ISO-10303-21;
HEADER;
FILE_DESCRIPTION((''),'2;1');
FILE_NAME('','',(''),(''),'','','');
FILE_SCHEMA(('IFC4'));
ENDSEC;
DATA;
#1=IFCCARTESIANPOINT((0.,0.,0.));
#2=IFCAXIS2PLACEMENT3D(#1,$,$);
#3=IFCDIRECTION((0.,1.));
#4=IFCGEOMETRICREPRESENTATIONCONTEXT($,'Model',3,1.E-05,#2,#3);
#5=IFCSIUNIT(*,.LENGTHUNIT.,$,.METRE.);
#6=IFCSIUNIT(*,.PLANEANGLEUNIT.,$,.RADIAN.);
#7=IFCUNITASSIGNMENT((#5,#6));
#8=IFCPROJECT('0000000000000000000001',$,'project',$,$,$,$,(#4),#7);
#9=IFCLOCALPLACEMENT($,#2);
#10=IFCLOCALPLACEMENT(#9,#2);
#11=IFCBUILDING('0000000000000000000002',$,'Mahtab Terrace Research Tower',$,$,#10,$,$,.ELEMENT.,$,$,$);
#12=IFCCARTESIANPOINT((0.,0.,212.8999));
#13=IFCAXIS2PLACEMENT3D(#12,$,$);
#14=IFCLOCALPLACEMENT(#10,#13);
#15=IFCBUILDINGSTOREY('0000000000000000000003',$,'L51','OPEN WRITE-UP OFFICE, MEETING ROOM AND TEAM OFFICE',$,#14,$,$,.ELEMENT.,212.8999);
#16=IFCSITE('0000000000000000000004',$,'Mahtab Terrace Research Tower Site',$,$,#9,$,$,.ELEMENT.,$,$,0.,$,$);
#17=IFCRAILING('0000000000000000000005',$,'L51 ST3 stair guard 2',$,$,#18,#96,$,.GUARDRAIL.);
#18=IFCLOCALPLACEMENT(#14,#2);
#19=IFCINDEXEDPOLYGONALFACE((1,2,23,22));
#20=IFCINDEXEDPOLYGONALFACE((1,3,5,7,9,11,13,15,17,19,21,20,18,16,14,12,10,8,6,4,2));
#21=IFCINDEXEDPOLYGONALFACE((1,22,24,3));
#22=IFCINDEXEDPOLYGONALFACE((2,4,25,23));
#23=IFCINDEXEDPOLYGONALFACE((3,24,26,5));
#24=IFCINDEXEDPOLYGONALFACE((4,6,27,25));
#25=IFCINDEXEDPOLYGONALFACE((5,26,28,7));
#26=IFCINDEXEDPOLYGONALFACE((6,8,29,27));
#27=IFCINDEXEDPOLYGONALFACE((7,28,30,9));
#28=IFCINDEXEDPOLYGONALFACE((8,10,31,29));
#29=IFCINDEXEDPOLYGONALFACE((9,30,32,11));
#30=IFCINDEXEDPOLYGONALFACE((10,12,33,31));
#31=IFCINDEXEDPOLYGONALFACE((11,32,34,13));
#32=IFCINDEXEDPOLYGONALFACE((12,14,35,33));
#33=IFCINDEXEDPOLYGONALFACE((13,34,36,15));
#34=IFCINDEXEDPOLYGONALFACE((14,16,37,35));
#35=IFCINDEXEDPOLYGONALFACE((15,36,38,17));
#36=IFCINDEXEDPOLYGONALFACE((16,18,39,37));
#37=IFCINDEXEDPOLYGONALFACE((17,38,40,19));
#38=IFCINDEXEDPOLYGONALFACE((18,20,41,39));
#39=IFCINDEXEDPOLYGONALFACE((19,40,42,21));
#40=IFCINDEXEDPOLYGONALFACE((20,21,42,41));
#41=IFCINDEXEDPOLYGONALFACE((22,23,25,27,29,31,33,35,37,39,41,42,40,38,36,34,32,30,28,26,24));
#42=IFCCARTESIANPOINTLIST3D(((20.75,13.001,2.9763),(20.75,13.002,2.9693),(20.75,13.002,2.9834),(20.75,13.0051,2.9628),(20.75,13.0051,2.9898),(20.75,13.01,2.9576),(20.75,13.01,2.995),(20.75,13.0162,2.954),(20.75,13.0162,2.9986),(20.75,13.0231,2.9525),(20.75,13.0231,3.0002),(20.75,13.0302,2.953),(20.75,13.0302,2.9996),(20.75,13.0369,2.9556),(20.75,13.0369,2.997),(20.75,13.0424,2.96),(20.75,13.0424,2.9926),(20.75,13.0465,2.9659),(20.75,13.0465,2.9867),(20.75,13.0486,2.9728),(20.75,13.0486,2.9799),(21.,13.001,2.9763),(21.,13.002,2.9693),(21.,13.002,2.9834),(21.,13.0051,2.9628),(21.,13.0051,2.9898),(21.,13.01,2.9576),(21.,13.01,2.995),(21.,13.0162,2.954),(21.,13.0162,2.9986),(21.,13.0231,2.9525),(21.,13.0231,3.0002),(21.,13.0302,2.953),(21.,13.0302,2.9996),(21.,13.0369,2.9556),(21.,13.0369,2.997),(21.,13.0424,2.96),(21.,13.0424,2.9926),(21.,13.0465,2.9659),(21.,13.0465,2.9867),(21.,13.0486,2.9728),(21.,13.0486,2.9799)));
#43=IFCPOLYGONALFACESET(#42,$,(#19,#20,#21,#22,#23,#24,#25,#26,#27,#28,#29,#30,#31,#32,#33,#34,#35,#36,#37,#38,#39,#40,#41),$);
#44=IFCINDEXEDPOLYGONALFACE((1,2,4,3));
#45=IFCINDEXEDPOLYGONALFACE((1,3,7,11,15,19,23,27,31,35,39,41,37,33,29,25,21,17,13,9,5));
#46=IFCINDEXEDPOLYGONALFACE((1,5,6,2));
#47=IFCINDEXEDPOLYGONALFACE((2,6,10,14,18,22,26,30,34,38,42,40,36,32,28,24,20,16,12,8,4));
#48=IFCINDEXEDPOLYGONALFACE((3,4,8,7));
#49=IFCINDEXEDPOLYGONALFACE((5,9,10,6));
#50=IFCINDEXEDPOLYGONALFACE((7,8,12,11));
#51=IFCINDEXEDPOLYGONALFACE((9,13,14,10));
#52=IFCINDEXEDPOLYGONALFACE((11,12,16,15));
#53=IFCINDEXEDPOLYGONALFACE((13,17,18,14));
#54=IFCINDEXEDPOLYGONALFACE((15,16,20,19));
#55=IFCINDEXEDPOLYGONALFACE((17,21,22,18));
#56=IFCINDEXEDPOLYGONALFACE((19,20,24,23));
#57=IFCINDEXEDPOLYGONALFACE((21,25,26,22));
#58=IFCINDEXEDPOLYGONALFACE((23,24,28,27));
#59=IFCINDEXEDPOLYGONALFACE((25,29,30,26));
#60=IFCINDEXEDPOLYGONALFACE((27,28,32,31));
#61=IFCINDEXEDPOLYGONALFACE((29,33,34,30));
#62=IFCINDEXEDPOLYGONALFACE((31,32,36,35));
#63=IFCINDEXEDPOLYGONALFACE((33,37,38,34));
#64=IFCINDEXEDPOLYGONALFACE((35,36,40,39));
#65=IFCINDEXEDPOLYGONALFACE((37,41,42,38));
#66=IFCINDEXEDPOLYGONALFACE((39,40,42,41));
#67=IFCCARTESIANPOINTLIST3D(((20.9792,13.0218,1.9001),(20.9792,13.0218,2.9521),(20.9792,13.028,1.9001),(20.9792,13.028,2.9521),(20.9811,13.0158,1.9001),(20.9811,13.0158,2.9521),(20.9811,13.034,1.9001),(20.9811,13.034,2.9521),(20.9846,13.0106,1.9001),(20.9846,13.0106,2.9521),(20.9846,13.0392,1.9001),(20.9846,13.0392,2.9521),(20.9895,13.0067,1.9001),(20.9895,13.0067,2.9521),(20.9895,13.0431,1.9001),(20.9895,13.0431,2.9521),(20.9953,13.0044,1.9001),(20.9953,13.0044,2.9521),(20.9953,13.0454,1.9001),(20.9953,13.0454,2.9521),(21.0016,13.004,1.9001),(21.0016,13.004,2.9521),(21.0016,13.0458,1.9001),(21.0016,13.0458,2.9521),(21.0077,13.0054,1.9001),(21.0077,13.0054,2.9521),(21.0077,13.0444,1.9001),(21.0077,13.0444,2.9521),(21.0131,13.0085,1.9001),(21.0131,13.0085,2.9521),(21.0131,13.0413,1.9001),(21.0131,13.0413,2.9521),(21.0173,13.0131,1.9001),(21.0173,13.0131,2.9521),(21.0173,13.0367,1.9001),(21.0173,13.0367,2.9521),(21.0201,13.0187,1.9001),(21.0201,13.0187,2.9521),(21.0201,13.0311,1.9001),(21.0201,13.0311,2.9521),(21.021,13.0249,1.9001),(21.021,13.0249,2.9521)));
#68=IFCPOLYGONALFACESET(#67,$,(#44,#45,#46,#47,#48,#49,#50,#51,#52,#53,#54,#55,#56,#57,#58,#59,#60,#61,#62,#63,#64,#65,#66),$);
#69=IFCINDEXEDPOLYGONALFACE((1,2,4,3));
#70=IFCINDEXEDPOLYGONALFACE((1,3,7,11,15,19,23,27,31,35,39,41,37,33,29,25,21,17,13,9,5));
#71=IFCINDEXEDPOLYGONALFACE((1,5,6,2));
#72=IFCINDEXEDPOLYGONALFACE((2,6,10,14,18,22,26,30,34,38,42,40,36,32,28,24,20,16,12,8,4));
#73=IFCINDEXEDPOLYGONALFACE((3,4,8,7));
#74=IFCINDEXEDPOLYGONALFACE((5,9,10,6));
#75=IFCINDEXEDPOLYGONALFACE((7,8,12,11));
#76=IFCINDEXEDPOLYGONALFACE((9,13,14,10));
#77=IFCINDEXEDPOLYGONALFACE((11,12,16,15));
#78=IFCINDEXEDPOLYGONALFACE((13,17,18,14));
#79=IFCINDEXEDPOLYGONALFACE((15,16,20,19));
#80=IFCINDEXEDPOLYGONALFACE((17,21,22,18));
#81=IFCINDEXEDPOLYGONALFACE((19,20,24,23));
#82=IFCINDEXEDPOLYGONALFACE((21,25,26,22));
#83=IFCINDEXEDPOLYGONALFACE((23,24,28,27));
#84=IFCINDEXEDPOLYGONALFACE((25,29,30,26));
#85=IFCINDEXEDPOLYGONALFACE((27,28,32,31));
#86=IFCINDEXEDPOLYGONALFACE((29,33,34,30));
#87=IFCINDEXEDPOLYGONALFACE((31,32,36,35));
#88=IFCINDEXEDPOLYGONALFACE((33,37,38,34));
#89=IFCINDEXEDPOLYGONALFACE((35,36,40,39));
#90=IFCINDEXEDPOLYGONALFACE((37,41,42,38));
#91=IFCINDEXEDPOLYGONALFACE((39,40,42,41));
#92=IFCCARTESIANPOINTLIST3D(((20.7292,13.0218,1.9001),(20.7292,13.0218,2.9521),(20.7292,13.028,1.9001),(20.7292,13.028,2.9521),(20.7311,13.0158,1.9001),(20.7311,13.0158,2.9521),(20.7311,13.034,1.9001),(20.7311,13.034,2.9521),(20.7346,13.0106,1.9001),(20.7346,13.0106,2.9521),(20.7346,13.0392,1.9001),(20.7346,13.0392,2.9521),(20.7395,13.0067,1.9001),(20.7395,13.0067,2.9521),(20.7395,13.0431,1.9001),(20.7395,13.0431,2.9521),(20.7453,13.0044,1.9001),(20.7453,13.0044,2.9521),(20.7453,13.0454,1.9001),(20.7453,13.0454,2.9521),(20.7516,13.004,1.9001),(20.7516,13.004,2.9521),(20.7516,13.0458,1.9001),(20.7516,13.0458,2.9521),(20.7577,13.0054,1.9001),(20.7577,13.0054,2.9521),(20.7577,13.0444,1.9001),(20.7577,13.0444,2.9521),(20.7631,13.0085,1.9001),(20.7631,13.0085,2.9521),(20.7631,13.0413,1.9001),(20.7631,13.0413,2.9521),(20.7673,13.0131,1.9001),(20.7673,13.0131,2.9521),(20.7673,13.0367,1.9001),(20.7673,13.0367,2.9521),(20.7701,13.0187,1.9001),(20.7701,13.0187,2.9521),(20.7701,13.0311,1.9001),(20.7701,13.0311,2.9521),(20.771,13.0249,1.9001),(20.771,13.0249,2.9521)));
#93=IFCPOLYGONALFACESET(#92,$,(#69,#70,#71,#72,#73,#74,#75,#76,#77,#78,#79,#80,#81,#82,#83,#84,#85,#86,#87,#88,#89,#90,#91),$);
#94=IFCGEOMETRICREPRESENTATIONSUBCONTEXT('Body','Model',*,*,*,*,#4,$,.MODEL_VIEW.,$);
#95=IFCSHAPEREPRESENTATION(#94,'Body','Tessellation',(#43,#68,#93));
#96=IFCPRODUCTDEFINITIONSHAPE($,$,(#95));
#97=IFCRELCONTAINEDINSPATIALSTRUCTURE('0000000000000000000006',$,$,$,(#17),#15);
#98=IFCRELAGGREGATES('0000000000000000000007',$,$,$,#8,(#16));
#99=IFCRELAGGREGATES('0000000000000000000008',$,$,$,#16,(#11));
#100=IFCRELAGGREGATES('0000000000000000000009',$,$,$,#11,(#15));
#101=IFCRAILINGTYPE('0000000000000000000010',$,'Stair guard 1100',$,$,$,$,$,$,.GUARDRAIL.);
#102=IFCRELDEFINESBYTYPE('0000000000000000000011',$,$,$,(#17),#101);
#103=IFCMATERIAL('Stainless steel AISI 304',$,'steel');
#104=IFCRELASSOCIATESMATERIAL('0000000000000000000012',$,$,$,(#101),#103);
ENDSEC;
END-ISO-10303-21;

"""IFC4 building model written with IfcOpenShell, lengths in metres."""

from ifc_helpers import new_model, si_unit, direction, frame, origin, origin_2d, place, context, subcontext, project, spatial, circle, extrude, material, type_object, element, save


model = new_model("IFC4")

# Units and contexts
model_context = context("Model", 3, precision=1e-05, world=origin(), true_north=direction((0.0, 1.0)))
body_context = subcontext(model_context, "Body", "Model", "MODEL_VIEW")
ifc_project = project(units=[si_unit("LENGTHUNIT", "METRE"), si_unit("PLANEANGLEUNIT", "RADIAN")], contexts=[model_context])

# Site, building, storey
site_placement = place(None, origin())
site = spatial("IfcSite", under=ifc_project, at=site_placement, Name="Mahtab Terrace Research Tower Site", CompositionType="ELEMENT", RefElevation=0.0)
building_placement = place(site_placement, origin())
building = spatial("IfcBuilding", under=site, at=building_placement, Name="Mahtab Terrace Research Tower", CompositionType="ELEMENT")
storey_placement = place(building_placement, frame((0.0, 0.0, 212.8999)))
storey = spatial("IfcBuildingStorey", under=building, at=storey_placement, Name="L51", Description="OPEN WRITE-UP OFFICE, MEETING ROOM AND TEAM OFFICE", CompositionType="ELEMENT", Elevation=212.8999)

# Shared definitions
ifc_material_1 = material(Name="Stainless steel AISI 304", Category="steel")

# Railing
railing_type_1 = type_object("IfcRailingType", Name="Stair guard 1100", PredefinedType="GUARDRAIL", material=ifc_material_1)
railing_1_placement = place(storey_placement, frame((21.0, 13.0249, 1.9001)))
element("IfcRailing", 1, at=railing_1_placement, inside=storey, type_object=railing_type_1, Name="L51 ST3 stair guard 2", PredefinedType="GUARDRAIL", context=body_context, shape_type="SweptSolid", body=[
    extrude(circle(Radius=0.0239, at=origin_2d()), frame((0.0, 0.0, 1.0762), z_axis=(-1.0, 0.0, 0.0), x_axis=(0.0, -1.0, 0.0)), (0.0, 0.0, 1.0), 0.25),
    extrude(circle(Radius=0.021, at=origin_2d()), origin(), (0.0, 0.0, 1.0), 1.052),
    extrude(circle(Radius=0.021, at=origin_2d()), frame((-0.25, 0.0, 0.0)), (0.0, 0.0, 1.0), 1.052),
])

save(model, "model.ifc")
